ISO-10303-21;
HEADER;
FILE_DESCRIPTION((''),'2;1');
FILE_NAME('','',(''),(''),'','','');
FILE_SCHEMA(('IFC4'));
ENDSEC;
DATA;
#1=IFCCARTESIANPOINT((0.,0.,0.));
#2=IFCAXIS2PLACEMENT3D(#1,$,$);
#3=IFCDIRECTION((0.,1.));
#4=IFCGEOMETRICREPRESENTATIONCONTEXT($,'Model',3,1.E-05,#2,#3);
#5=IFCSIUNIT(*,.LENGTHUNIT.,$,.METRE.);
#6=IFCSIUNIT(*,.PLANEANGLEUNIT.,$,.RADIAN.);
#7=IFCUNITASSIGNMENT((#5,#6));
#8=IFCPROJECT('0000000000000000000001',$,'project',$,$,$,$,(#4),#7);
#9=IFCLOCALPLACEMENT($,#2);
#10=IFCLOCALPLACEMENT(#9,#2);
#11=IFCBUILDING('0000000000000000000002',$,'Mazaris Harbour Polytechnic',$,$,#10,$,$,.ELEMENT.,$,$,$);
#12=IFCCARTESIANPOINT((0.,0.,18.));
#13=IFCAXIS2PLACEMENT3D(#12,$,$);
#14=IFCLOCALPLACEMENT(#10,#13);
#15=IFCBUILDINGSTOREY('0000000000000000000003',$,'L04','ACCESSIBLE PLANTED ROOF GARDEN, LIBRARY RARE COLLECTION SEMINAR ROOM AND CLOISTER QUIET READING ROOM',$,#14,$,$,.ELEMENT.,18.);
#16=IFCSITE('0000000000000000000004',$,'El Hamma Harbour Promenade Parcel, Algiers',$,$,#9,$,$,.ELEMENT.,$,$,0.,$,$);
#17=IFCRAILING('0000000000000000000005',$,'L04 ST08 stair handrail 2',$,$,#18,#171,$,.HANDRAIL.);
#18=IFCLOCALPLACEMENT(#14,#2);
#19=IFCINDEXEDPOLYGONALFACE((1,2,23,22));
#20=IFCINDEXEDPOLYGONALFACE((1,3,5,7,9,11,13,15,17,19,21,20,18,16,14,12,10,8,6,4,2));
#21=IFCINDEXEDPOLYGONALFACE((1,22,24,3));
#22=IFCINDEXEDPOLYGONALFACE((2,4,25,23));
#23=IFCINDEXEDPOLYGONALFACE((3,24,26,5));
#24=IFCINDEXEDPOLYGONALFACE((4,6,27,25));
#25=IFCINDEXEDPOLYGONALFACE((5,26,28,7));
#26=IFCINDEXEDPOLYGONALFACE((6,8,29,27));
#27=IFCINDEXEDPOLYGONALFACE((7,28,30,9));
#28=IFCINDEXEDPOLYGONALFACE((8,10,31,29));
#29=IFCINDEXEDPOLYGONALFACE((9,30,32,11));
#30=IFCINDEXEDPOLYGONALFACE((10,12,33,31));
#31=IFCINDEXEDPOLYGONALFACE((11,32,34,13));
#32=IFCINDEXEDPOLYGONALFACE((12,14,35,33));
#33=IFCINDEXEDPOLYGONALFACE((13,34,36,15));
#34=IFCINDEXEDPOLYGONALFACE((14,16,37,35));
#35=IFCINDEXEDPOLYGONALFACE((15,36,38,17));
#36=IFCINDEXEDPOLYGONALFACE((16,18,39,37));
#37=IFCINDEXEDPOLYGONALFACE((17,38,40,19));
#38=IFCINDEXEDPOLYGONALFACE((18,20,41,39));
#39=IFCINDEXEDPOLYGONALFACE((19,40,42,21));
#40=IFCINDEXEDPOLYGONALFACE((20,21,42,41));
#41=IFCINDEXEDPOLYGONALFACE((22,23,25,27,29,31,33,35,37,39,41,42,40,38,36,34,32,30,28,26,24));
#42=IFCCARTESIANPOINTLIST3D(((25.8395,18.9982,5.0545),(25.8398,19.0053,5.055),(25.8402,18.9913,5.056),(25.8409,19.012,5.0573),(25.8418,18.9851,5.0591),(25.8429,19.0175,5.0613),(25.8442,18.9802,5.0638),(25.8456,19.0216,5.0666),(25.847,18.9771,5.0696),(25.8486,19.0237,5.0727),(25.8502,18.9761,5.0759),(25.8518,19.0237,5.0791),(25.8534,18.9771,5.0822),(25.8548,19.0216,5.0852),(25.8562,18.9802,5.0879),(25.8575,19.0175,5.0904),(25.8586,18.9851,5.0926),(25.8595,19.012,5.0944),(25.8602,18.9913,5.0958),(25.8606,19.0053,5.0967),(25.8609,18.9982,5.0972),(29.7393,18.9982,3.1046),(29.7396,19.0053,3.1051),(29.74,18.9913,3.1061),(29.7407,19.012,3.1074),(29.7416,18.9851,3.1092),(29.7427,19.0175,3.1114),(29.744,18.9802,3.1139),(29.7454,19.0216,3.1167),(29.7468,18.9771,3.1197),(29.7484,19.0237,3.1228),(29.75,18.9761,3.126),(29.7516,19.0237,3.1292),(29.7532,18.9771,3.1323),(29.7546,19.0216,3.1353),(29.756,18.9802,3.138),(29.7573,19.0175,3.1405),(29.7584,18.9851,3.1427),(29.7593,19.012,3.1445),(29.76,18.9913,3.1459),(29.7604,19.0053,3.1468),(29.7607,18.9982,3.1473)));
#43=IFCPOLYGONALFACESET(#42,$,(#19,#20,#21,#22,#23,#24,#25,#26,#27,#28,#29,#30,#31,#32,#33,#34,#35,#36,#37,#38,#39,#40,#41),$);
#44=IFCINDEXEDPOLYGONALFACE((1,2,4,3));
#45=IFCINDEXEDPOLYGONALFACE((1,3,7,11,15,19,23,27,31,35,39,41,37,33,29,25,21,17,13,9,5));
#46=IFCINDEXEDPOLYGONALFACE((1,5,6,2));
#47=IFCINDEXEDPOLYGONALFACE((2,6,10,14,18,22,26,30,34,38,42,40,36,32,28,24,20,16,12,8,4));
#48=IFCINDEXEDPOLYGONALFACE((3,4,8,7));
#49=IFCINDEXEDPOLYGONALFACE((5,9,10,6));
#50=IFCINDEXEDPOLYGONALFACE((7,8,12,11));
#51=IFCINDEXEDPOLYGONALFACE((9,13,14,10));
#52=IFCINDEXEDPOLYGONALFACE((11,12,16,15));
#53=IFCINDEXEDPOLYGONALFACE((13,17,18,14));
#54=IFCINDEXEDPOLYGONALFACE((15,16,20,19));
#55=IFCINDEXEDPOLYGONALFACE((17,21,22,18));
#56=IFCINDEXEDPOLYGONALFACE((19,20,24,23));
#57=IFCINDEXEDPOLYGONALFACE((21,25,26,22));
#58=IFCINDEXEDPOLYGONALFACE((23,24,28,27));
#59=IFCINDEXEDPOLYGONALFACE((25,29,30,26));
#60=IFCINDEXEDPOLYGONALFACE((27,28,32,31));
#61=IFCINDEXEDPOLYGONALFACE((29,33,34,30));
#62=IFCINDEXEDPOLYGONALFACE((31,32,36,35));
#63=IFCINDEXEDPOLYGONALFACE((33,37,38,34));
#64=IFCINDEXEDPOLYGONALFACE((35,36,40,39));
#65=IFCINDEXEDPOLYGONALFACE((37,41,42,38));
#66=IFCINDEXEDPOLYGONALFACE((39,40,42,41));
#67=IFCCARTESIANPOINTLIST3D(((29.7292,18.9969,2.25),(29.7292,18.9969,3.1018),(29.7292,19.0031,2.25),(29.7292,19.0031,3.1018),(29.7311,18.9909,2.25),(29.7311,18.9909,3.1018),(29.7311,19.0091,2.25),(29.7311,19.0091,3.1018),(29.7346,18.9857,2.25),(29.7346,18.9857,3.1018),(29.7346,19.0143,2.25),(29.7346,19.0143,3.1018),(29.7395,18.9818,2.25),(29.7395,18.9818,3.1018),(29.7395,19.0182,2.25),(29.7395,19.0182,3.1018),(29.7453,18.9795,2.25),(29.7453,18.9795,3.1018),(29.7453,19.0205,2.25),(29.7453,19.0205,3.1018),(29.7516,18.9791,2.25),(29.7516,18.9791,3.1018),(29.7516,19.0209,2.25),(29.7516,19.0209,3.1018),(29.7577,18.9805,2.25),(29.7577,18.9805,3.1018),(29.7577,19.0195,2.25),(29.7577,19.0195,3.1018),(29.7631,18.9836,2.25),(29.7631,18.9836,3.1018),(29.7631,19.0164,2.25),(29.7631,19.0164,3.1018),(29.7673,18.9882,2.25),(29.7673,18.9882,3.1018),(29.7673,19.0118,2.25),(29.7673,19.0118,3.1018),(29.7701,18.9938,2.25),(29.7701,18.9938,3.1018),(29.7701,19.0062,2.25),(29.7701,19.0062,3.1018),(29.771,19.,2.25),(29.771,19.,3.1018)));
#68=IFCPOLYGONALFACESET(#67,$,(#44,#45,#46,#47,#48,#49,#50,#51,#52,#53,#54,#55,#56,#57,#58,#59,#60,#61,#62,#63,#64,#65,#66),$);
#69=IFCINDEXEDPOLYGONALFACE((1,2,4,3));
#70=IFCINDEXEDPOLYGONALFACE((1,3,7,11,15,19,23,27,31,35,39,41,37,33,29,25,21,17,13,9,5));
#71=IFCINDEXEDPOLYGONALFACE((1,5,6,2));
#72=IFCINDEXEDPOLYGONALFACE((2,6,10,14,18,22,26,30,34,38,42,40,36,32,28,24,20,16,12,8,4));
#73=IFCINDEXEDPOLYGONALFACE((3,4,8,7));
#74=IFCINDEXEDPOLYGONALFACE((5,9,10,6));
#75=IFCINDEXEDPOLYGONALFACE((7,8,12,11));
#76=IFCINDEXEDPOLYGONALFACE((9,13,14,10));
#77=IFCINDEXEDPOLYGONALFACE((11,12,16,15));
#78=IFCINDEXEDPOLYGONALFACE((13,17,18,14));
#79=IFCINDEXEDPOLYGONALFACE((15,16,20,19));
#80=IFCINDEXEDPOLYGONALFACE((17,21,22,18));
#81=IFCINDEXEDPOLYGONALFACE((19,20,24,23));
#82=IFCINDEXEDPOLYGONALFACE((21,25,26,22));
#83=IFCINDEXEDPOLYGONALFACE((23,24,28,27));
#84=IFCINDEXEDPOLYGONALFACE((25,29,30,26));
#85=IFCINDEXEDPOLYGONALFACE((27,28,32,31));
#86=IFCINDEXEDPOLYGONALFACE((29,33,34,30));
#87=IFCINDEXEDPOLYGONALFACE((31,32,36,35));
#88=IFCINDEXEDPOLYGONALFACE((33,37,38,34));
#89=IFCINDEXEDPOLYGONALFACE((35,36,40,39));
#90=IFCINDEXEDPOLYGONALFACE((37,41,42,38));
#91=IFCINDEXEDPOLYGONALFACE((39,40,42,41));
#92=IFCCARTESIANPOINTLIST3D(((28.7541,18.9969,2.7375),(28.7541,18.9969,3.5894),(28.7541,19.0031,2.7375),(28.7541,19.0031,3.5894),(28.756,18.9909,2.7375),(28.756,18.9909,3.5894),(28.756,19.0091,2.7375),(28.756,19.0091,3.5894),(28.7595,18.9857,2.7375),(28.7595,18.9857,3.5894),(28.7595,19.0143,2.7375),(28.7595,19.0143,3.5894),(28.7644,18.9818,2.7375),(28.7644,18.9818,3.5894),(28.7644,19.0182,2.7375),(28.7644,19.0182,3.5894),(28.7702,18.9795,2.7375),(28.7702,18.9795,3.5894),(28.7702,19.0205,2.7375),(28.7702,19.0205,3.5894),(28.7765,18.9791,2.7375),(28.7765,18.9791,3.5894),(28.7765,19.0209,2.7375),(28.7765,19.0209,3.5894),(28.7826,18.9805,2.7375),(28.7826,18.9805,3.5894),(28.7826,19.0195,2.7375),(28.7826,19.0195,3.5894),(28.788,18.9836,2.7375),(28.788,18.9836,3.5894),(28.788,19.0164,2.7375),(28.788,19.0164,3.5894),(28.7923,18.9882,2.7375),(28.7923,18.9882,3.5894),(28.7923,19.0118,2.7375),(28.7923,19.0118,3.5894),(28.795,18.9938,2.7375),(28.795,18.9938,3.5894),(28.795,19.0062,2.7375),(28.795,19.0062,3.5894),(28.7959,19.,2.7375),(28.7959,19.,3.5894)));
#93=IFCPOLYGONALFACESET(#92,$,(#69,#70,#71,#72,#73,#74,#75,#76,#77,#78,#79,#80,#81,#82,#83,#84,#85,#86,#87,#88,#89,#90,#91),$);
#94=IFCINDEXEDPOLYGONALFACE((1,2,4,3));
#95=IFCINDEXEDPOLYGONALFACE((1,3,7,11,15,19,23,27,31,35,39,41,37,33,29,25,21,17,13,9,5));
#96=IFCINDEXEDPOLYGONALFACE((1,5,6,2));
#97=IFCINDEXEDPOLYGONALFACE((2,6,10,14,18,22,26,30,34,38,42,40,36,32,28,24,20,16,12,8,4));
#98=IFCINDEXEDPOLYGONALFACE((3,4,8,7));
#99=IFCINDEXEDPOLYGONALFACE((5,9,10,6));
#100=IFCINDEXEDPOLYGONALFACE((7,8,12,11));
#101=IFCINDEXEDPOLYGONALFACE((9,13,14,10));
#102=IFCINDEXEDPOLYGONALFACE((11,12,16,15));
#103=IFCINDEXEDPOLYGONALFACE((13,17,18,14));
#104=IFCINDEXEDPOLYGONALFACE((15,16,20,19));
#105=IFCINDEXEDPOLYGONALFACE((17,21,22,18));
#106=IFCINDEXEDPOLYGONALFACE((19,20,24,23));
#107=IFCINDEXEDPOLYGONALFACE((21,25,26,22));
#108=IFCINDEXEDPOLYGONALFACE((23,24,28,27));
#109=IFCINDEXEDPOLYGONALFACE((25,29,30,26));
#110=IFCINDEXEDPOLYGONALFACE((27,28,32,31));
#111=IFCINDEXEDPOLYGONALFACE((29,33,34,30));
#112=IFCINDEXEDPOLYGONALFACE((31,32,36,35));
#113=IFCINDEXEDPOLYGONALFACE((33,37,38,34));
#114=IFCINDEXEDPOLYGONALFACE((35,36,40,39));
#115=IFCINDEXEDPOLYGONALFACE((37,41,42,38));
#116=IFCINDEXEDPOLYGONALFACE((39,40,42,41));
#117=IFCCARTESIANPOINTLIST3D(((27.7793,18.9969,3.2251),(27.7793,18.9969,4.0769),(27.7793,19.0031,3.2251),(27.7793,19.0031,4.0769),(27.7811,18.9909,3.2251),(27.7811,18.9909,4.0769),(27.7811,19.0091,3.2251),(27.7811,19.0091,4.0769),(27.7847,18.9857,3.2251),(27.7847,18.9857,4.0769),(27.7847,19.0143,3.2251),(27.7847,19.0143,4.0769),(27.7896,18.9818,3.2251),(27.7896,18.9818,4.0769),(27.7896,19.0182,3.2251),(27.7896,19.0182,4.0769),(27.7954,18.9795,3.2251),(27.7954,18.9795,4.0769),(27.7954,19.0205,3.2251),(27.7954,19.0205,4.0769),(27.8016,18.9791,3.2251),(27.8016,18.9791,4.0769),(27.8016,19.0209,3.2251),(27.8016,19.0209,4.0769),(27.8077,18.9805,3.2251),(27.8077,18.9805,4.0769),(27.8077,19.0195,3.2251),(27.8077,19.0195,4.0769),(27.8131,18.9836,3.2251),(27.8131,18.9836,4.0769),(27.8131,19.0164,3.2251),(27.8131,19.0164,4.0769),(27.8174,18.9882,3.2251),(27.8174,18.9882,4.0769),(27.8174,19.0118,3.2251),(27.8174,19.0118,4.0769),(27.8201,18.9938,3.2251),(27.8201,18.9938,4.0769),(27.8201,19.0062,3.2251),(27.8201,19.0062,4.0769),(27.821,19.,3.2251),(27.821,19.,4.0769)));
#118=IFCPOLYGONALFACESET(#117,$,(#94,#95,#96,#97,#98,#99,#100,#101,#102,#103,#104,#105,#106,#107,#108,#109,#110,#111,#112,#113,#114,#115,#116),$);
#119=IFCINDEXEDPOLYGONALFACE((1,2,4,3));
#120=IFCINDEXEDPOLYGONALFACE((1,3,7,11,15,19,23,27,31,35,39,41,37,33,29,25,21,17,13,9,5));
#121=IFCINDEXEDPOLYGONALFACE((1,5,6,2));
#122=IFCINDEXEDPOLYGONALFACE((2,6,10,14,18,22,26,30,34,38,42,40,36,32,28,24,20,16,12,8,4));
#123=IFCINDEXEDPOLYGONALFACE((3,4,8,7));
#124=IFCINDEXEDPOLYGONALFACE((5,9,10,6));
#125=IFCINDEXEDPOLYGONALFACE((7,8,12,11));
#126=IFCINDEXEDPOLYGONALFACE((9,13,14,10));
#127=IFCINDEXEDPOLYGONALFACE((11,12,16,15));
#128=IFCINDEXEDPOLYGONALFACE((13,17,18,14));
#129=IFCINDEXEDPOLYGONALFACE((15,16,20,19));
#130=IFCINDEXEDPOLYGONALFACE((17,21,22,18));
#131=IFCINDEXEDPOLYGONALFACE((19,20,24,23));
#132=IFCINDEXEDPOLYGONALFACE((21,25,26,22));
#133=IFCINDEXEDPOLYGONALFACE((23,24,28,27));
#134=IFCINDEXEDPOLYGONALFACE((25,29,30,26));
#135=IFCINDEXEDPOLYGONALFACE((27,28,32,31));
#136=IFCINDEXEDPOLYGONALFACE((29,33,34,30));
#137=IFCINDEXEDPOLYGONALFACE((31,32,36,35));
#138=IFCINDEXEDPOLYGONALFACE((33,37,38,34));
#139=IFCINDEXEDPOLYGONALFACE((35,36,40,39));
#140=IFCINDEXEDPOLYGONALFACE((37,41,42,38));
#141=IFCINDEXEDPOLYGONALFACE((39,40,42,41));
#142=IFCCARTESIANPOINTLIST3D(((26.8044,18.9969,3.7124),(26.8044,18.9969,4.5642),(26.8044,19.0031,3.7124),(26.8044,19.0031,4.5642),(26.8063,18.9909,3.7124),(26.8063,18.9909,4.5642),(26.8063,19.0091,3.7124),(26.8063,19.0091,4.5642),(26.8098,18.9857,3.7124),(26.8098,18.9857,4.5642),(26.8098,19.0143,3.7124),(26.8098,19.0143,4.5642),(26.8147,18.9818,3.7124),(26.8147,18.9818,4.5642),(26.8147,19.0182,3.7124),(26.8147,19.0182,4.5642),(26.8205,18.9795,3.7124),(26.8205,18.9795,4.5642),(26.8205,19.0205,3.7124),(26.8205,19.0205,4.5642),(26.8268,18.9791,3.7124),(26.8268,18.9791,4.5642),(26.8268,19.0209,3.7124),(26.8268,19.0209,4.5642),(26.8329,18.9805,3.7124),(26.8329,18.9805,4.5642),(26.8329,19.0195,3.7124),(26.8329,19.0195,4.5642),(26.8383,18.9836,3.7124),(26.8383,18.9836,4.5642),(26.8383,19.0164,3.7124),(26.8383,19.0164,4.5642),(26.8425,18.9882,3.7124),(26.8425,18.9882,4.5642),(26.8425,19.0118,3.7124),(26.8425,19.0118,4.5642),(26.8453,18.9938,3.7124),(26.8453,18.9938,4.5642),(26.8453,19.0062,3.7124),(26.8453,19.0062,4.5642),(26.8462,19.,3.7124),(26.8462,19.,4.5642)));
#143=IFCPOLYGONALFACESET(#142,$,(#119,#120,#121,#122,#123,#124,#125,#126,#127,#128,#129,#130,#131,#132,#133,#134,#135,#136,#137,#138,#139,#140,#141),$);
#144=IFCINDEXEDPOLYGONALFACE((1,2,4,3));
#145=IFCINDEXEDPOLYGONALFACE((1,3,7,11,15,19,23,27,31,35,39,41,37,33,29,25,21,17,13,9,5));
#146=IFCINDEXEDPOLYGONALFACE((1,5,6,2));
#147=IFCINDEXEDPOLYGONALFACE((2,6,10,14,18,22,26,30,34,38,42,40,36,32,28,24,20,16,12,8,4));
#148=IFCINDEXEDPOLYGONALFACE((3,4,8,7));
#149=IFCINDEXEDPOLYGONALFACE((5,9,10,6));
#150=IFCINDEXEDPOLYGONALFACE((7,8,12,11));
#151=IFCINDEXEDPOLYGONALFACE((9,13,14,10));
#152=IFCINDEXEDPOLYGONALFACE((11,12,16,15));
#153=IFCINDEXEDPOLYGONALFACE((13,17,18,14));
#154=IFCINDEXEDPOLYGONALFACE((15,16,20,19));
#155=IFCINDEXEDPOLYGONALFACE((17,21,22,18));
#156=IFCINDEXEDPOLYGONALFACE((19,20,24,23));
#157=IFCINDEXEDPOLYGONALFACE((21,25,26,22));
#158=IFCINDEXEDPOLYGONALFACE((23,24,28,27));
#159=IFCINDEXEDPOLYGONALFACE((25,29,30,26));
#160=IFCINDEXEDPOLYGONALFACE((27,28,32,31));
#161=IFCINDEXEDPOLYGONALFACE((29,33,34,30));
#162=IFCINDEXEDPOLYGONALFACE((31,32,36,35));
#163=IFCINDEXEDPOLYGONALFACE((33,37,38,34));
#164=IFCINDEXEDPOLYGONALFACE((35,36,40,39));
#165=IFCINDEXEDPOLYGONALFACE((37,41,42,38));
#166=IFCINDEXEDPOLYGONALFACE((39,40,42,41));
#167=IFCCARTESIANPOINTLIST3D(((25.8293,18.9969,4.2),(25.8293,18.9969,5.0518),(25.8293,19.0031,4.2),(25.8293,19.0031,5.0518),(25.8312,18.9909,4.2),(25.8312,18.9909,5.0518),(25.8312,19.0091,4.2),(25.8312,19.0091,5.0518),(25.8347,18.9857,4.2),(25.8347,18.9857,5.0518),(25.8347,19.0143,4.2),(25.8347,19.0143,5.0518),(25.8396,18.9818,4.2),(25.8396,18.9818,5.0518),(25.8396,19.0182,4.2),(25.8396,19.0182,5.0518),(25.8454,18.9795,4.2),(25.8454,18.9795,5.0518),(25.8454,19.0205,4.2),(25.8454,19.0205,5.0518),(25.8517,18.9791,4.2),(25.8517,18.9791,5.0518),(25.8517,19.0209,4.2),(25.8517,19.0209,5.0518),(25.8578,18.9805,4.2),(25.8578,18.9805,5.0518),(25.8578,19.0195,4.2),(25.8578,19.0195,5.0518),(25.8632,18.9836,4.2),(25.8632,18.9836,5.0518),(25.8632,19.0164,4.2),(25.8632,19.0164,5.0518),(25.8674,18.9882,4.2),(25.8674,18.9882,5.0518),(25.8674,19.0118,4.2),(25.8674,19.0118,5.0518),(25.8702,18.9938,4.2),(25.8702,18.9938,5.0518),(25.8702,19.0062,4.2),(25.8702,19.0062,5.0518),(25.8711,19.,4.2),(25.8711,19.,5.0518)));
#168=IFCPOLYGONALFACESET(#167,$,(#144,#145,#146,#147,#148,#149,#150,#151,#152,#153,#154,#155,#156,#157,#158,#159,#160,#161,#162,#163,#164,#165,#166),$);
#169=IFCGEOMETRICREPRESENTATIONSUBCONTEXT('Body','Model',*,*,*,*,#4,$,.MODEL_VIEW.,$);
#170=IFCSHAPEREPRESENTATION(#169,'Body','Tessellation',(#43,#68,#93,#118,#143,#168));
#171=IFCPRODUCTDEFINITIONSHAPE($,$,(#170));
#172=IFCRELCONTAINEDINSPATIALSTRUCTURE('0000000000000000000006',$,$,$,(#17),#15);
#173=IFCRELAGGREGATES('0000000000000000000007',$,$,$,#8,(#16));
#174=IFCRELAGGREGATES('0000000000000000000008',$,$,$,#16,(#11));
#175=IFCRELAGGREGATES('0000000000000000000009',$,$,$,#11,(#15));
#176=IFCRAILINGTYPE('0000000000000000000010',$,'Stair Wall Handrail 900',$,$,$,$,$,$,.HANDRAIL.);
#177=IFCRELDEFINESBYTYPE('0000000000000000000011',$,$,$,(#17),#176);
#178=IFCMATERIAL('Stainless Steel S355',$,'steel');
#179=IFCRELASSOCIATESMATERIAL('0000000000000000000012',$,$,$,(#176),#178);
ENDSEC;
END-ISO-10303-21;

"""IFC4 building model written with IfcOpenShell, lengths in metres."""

from ifc_helpers import new_model, si_unit, direction, frame, origin, origin_2d, place, context, subcontext, project, spatial, circle, extrude, material, type_object, element, save


model = new_model("IFC4")

# Units and contexts
model_context = context("Model", 3, precision=1e-05, world=origin(), true_north=direction((0.0, 1.0)))
body_context = subcontext(model_context, "Body", "Model", "MODEL_VIEW")
ifc_project = project(units=[si_unit("LENGTHUNIT", "METRE"), si_unit("PLANEANGLEUNIT", "RADIAN")], contexts=[model_context])

# Site, building, storey
site_placement = place(None, origin())
site = spatial("IfcSite", under=ifc_project, at=site_placement, Name="El Hamma Harbour Promenade Parcel, Algiers", CompositionType="ELEMENT", RefElevation=0.0)
building_placement = place(site_placement, origin())
building = spatial("IfcBuilding", under=site, at=building_placement, Name="Mazaris Harbour Polytechnic", CompositionType="ELEMENT")
storey_placement = place(building_placement, frame((0.0, 0.0, 18.0)))
storey = spatial("IfcBuildingStorey", under=building, at=storey_placement, Name="L04", Description="ACCESSIBLE PLANTED ROOF GARDEN, LIBRARY RARE COLLECTION SEMINAR ROOM AND CLOISTER QUIET READING ROOM", CompositionType="ELEMENT", Elevation=18.0)

# Railing
ifc_material_1 = material(Name="Stainless Steel S355", Category="steel")
railing_type_1 = type_object("IfcRailingType", Name="Stair Wall Handrail 900", PredefinedType="HANDRAIL", material=ifc_material_1)
railing_1_placement = place(storey_placement, frame((29.75, 19.0, 2.25)))
element("IfcRailing", 1, at=railing_1_placement, inside=storey, type_object=railing_type_1, Name="L04 ST08 stair handrail 2", PredefinedType="HANDRAIL", context=body_context, shape_type="SweptSolid", body=[
    extrude(circle(Radius=0.0239, at=origin_2d()), frame((0.0, 0.0, 0.876), z_axis=(-0.894427, 0.0, 0.447214), x_axis=(0.0, -1.0, 0.0)), (0.0, 0.0, 1.0), 4.3601),
    extrude(circle(Radius=0.021, at=origin_2d()), origin(), (0.0, 0.0, 1.0), 0.8518),
    extrude(circle(Radius=0.021, at=origin_2d()), frame((-0.9751, 0.0, 0.4875)), (0.0, 0.0, 1.0), 0.8518),
    extrude(circle(Radius=0.021, at=origin_2d()), frame((-1.95, 0.0, 0.9751)), (0.0, 0.0, 1.0), 0.8518),
    extrude(circle(Radius=0.021, at=origin_2d()), frame((-2.9248, 0.0, 1.4624)), (0.0, 0.0, 1.0), 0.8518),
    extrude(circle(Radius=0.021, at=origin_2d()), frame((-3.8999, 0.0, 1.95)), (0.0, 0.0, 1.0), 0.8518),
])

save(model, "model.ifc")
